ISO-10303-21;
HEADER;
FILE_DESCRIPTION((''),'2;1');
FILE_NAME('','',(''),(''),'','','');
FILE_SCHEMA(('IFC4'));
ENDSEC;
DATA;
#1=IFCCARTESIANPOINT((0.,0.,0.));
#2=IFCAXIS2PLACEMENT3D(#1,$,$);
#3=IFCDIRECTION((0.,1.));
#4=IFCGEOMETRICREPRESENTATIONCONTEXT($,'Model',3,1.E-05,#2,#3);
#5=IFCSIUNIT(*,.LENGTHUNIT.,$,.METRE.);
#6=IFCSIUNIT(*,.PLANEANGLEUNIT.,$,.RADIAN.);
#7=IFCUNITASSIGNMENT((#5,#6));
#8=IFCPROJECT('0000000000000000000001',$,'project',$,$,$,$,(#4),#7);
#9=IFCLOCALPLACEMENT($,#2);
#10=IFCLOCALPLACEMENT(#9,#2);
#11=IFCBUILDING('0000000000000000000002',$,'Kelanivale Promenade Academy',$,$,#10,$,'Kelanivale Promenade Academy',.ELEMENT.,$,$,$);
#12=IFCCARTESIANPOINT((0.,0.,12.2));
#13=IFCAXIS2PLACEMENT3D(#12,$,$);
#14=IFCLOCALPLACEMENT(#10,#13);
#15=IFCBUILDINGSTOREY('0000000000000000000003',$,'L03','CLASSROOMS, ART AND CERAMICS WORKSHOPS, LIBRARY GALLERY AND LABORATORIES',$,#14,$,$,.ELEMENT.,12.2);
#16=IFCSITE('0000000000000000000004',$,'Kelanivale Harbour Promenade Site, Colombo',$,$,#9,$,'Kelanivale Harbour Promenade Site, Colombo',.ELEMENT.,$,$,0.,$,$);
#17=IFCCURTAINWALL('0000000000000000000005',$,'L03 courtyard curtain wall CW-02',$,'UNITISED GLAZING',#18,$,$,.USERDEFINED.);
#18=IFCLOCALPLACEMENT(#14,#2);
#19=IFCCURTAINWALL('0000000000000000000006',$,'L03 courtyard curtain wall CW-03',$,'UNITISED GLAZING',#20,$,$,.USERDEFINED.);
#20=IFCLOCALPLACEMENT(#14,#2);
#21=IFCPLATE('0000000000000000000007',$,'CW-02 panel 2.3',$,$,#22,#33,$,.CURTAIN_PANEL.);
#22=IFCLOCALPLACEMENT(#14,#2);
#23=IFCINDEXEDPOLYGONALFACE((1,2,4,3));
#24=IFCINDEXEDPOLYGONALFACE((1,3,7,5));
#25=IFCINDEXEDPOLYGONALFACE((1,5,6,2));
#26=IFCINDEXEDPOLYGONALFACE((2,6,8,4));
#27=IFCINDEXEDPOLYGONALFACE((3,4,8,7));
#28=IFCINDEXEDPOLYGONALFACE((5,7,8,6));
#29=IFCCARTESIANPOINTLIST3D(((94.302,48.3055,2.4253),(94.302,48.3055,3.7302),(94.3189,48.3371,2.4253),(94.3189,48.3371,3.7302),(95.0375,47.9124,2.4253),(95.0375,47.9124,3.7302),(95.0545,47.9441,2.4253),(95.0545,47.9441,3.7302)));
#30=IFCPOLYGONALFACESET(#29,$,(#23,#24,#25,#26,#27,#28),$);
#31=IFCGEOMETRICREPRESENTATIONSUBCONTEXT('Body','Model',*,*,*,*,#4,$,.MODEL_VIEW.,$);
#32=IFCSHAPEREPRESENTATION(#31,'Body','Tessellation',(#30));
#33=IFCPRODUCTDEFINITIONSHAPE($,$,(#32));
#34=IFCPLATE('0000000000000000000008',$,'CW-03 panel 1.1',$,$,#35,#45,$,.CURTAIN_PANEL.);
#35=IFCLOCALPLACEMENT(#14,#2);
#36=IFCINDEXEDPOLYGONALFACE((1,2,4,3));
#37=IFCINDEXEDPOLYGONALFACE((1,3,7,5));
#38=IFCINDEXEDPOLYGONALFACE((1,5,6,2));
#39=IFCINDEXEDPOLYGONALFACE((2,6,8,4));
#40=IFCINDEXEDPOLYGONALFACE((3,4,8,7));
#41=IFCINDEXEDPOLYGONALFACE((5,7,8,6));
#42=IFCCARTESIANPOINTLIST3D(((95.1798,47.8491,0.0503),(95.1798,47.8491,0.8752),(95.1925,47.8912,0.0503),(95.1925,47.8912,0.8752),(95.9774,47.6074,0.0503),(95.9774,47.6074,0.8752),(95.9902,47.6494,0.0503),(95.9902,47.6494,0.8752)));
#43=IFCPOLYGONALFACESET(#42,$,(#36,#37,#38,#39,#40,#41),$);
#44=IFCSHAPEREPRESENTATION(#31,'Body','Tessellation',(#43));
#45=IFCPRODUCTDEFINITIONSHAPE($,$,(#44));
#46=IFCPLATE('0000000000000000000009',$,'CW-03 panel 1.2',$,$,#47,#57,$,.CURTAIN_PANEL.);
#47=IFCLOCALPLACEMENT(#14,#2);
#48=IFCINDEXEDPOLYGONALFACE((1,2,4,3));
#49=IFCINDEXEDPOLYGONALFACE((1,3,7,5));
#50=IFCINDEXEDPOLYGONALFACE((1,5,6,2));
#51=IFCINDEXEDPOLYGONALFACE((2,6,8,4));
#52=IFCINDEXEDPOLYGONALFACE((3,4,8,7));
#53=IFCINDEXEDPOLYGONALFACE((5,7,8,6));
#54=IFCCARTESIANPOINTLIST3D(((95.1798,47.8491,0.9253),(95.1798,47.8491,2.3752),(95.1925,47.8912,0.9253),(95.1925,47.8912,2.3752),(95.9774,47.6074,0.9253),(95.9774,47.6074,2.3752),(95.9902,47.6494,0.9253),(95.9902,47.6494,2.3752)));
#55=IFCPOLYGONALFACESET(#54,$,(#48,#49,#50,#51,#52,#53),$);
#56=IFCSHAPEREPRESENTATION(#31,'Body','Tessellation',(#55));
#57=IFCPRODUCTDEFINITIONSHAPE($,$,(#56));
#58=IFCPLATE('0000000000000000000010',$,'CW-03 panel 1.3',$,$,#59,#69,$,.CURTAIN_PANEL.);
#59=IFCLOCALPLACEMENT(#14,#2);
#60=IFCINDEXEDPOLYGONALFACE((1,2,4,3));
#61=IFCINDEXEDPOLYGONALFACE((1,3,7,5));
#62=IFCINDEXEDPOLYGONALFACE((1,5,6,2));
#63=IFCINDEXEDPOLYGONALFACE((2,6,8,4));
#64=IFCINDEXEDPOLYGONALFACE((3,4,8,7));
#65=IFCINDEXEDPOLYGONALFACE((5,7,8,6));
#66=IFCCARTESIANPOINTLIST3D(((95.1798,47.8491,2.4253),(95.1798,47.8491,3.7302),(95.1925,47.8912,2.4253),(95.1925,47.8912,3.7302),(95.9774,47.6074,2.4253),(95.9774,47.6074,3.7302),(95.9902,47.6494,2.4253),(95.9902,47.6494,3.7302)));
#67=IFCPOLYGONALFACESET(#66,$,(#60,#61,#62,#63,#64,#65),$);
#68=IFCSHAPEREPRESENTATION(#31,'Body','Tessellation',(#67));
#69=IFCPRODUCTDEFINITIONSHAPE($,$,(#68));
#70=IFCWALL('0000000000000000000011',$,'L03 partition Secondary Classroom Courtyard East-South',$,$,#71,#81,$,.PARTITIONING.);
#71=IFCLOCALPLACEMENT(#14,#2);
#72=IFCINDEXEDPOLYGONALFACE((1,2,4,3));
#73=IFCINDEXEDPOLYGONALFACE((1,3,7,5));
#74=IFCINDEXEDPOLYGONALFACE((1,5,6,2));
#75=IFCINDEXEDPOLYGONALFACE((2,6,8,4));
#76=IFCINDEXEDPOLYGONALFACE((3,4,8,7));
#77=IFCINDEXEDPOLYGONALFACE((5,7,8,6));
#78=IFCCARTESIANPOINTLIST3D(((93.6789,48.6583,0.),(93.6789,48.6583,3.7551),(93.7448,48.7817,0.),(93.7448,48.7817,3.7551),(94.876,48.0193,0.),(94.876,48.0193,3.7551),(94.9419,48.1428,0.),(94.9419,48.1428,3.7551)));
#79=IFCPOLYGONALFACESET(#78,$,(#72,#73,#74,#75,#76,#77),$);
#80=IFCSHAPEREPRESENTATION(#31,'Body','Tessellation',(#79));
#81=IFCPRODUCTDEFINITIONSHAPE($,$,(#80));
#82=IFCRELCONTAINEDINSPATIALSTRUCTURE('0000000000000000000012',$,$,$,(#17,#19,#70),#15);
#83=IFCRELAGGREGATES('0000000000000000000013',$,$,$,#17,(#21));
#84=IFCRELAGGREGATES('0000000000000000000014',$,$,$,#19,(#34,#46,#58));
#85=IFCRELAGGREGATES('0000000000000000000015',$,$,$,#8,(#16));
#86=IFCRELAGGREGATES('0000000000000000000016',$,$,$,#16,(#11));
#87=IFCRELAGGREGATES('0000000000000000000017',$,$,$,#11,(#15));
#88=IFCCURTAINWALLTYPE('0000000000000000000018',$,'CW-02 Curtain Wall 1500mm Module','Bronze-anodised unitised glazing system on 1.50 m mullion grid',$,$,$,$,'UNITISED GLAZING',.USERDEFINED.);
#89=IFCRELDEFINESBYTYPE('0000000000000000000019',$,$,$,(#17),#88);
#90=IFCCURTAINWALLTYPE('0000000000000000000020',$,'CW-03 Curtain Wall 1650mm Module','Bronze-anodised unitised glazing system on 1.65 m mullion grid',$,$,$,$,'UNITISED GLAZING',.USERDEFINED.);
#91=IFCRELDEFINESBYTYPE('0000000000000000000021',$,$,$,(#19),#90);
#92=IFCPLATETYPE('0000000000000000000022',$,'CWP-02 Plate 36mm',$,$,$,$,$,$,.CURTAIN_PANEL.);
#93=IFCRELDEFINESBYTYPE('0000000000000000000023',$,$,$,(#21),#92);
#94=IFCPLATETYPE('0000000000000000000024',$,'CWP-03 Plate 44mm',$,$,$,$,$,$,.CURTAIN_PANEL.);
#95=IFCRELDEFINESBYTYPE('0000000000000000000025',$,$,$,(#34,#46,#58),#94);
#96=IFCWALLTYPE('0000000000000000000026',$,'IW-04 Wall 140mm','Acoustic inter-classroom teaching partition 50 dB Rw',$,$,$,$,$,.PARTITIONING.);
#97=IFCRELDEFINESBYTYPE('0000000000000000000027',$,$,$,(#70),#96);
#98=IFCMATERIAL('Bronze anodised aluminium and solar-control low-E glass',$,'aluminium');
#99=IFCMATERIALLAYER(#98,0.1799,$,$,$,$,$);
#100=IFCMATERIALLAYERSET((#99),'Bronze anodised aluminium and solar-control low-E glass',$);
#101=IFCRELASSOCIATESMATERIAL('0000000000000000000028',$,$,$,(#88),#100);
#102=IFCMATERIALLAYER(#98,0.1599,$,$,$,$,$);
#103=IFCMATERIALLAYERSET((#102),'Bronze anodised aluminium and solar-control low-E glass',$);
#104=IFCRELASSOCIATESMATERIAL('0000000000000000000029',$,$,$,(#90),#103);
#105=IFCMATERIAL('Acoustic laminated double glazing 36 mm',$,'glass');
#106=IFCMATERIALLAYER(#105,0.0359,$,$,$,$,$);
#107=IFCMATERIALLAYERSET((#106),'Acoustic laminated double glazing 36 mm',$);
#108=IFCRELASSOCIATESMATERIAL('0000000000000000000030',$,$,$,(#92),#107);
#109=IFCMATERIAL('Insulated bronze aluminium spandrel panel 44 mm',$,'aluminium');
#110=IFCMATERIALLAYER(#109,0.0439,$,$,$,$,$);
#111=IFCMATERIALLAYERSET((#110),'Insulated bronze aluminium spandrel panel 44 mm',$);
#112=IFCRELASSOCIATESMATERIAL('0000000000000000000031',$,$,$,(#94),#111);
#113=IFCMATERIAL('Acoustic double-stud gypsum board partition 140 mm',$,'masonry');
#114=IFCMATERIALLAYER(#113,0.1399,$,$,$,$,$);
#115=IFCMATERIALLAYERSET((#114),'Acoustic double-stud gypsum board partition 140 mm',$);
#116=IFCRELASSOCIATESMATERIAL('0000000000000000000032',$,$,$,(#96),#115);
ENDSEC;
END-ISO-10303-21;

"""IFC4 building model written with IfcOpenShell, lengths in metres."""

from ifc_helpers import new_model, si_unit, direction, frame, frame_2d, origin, origin_2d, place, context, subcontext, project, spatial, rectangle, extrude, material, layer, layer_set, type_object, element, aggregate, save


model = new_model("IFC4")

# Units and contexts
model_context = context("Model", 3, precision=1e-05, world=origin(), true_north=direction((0.0, 1.0)))
body_context = subcontext(model_context, "Body", "Model", "MODEL_VIEW")
ifc_project = project(units=[si_unit("LENGTHUNIT", "METRE"), si_unit("PLANEANGLEUNIT", "RADIAN")], contexts=[model_context])

# Site, building, storey
site_placement = place(None, origin())
site = spatial("IfcSite", under=ifc_project, at=site_placement, Name="Kelanivale Harbour Promenade Site, Colombo", LongName="Kelanivale Harbour Promenade Site, Colombo", CompositionType="ELEMENT", RefElevation=0.0)
building_placement = place(site_placement, origin())
building = spatial("IfcBuilding", under=site, at=building_placement, Name="Kelanivale Promenade Academy", LongName="Kelanivale Promenade Academy", CompositionType="ELEMENT")
storey_placement = place(building_placement, frame((0.0, 0.0, 12.2)))
storey = spatial("IfcBuildingStorey", under=building, at=storey_placement, Name="L03", Description="CLASSROOMS, ART AND CERAMICS WORKSHOPS, LIBRARY GALLERY AND LABORATORIES", CompositionType="ELEMENT", Elevation=12.2)

# Curtain walls
ifc_material_1 = material(Name="Bronze anodised aluminium and solar-control low-E glass", Category="aluminium")
ifc_layer_1 = layer(ifc_material_1, 0.1799)
ifc_layer_set_1 = layer_set([ifc_layer_1], Name="Bronze anodised aluminium and solar-control low-E glass")
curtain_wall_type_1 = type_object("IfcCurtainWallType", Name="CW-02 Curtain Wall 1500mm Module", Description="Bronze-anodised unitised glazing system on 1.50 m mullion grid", ElementType="UNITISED GLAZING", PredefinedType="USERDEFINED", material=ifc_layer_set_1)
curtain_wall_1_placement = place(storey_placement, origin())
curtain_wall_1 = element("IfcCurtainWall", 1, at=curtain_wall_1_placement, inside=storey, type_object=curtain_wall_type_1, Name="L03 courtyard curtain wall CW-02", ObjectType="UNITISED GLAZING", PredefinedType="USERDEFINED")
ifc_layer_2 = layer(ifc_material_1, 0.1599)
ifc_layer_set_2 = layer_set([ifc_layer_2], Name="Bronze anodised aluminium and solar-control low-E glass")
curtain_wall_type_2 = type_object("IfcCurtainWallType", Name="CW-03 Curtain Wall 1650mm Module", Description="Bronze-anodised unitised glazing system on 1.65 m mullion grid", ElementType="UNITISED GLAZING", PredefinedType="USERDEFINED", material=ifc_layer_set_2)
curtain_wall_2_placement = place(storey_placement, origin())
curtain_wall_2 = element("IfcCurtainWall", 2, at=curtain_wall_2_placement, inside=storey, type_object=curtain_wall_type_2, Name="L03 courtyard curtain wall CW-03", ObjectType="UNITISED GLAZING", PredefinedType="USERDEFINED")

# Plates
ifc_material_2 = material(Name="Acoustic laminated double glazing 36 mm", Category="glass")
ifc_layer_3 = layer(ifc_material_2, 0.0359)
ifc_layer_set_3 = layer_set([ifc_layer_3], Name="Acoustic laminated double glazing 36 mm")
plate_type_1 = type_object("IfcPlateType", Name="CWP-02 Plate 36mm", PredefinedType="CURTAIN_PANEL", material=ifc_layer_set_3)
plate_1_placement = place(storey_placement, frame((94.6782, 48.1248, 2.4253), z_axis=(0.0, 0.0, 1.0), x_axis=(0.881978, -0.47129, 0.0)))
plate_1 = element("IfcPlate", 3, at=plate_1_placement, type_object=plate_type_1, Name="CW-02 panel 2.3", PredefinedType="CURTAIN_PANEL", context=body_context, shape_type="SweptSolid", body=[
    extrude(rectangle(XDim=0.834, YDim=0.0359, at=origin_2d()), origin(), (0.0, 0.0, 1.0), 1.3049),
])
aggregate(curtain_wall_1, [plate_1])
ifc_material_3 = material(Name="Insulated bronze aluminium spandrel panel 44 mm", Category="aluminium")
ifc_layer_4 = layer(ifc_material_3, 0.0439)
ifc_layer_set_4 = layer_set([ifc_layer_4], Name="Insulated bronze aluminium spandrel panel 44 mm")
plate_type_2 = type_object("IfcPlateType", Name="CWP-03 Plate 44mm", PredefinedType="CURTAIN_PANEL", material=ifc_layer_set_4)
plate_2_placement = place(storey_placement, frame((95.585, 47.7493, 0.0503), z_axis=(0.0, 0.0, 1.0), x_axis=(0.957024, -0.290007, 0.0)))
plate_2 = element("IfcPlate", 4, at=plate_2_placement, type_object=plate_type_2, Name="CW-03 panel 1.1", PredefinedType="CURTAIN_PANEL", context=body_context, shape_type="SweptSolid", body=[
    extrude(rectangle(XDim=0.8335, YDim=0.0439, at=origin_2d()), origin(), (0.0, 0.0, 1.0), 0.825),
])
plate_3_placement = place(storey_placement, frame((95.585, 47.7493, 0.9253), z_axis=(0.0, 0.0, 1.0), x_axis=(0.957024, -0.290007, 0.0)))
plate_3 = element("IfcPlate", 5, at=plate_3_placement, type_object=plate_type_2, Name="CW-03 panel 1.2", PredefinedType="CURTAIN_PANEL", context=body_context, shape_type="SweptSolid", body=[
    extrude(rectangle(XDim=0.8335, YDim=0.0439, at=origin_2d()), origin(), (0.0, 0.0, 1.0), 1.45),
])
plate_4_placement = place(storey_placement, frame((95.585, 47.7493, 2.4253), z_axis=(0.0, 0.0, 1.0), x_axis=(0.957024, -0.290007, 0.0)))
plate_4 = element("IfcPlate", 6, at=plate_4_placement, type_object=plate_type_2, Name="CW-03 panel 1.3", PredefinedType="CURTAIN_PANEL", context=body_context, shape_type="SweptSolid", body=[
    extrude(rectangle(XDim=0.8335, YDim=0.0439, at=origin_2d()), origin(), (0.0, 0.0, 1.0), 1.3049),
])
aggregate(curtain_wall_2, [plate_2, plate_3, plate_4])

# Wall
ifc_material_4 = material(Name="Acoustic double-stud gypsum board partition 140 mm", Category="masonry")
ifc_layer_5 = layer(ifc_material_4, 0.1399)
ifc_layer_set_5 = layer_set([ifc_layer_5], Name="Acoustic double-stud gypsum board partition 140 mm")
wall_type = type_object("IfcWallType", Name="IW-04 Wall 140mm", Description="Acoustic inter-classroom teaching partition 50 dB Rw", PredefinedType="PARTITIONING", material=ifc_layer_set_5)
wall_placement = place(storey_placement, frame((94.9089, 48.0811, 0.0), z_axis=(0.0, 0.0, 1.0), x_axis=(-0.882198, 0.470878, 0.0)))
element("IfcWall", 7, at=wall_placement, inside=storey, type_object=wall_type, Name="L03 partition Secondary Classroom Courtyard East-South", PredefinedType="PARTITIONING", context=body_context, shape_type="SweptSolid", body=[
    extrude(rectangle(XDim=1.3569, YDim=0.1399, at=frame_2d((0.6785, 0.0))), origin(), (0.0, 0.0, 1.0), 3.7551),
])

save(model, "model.ifc")
